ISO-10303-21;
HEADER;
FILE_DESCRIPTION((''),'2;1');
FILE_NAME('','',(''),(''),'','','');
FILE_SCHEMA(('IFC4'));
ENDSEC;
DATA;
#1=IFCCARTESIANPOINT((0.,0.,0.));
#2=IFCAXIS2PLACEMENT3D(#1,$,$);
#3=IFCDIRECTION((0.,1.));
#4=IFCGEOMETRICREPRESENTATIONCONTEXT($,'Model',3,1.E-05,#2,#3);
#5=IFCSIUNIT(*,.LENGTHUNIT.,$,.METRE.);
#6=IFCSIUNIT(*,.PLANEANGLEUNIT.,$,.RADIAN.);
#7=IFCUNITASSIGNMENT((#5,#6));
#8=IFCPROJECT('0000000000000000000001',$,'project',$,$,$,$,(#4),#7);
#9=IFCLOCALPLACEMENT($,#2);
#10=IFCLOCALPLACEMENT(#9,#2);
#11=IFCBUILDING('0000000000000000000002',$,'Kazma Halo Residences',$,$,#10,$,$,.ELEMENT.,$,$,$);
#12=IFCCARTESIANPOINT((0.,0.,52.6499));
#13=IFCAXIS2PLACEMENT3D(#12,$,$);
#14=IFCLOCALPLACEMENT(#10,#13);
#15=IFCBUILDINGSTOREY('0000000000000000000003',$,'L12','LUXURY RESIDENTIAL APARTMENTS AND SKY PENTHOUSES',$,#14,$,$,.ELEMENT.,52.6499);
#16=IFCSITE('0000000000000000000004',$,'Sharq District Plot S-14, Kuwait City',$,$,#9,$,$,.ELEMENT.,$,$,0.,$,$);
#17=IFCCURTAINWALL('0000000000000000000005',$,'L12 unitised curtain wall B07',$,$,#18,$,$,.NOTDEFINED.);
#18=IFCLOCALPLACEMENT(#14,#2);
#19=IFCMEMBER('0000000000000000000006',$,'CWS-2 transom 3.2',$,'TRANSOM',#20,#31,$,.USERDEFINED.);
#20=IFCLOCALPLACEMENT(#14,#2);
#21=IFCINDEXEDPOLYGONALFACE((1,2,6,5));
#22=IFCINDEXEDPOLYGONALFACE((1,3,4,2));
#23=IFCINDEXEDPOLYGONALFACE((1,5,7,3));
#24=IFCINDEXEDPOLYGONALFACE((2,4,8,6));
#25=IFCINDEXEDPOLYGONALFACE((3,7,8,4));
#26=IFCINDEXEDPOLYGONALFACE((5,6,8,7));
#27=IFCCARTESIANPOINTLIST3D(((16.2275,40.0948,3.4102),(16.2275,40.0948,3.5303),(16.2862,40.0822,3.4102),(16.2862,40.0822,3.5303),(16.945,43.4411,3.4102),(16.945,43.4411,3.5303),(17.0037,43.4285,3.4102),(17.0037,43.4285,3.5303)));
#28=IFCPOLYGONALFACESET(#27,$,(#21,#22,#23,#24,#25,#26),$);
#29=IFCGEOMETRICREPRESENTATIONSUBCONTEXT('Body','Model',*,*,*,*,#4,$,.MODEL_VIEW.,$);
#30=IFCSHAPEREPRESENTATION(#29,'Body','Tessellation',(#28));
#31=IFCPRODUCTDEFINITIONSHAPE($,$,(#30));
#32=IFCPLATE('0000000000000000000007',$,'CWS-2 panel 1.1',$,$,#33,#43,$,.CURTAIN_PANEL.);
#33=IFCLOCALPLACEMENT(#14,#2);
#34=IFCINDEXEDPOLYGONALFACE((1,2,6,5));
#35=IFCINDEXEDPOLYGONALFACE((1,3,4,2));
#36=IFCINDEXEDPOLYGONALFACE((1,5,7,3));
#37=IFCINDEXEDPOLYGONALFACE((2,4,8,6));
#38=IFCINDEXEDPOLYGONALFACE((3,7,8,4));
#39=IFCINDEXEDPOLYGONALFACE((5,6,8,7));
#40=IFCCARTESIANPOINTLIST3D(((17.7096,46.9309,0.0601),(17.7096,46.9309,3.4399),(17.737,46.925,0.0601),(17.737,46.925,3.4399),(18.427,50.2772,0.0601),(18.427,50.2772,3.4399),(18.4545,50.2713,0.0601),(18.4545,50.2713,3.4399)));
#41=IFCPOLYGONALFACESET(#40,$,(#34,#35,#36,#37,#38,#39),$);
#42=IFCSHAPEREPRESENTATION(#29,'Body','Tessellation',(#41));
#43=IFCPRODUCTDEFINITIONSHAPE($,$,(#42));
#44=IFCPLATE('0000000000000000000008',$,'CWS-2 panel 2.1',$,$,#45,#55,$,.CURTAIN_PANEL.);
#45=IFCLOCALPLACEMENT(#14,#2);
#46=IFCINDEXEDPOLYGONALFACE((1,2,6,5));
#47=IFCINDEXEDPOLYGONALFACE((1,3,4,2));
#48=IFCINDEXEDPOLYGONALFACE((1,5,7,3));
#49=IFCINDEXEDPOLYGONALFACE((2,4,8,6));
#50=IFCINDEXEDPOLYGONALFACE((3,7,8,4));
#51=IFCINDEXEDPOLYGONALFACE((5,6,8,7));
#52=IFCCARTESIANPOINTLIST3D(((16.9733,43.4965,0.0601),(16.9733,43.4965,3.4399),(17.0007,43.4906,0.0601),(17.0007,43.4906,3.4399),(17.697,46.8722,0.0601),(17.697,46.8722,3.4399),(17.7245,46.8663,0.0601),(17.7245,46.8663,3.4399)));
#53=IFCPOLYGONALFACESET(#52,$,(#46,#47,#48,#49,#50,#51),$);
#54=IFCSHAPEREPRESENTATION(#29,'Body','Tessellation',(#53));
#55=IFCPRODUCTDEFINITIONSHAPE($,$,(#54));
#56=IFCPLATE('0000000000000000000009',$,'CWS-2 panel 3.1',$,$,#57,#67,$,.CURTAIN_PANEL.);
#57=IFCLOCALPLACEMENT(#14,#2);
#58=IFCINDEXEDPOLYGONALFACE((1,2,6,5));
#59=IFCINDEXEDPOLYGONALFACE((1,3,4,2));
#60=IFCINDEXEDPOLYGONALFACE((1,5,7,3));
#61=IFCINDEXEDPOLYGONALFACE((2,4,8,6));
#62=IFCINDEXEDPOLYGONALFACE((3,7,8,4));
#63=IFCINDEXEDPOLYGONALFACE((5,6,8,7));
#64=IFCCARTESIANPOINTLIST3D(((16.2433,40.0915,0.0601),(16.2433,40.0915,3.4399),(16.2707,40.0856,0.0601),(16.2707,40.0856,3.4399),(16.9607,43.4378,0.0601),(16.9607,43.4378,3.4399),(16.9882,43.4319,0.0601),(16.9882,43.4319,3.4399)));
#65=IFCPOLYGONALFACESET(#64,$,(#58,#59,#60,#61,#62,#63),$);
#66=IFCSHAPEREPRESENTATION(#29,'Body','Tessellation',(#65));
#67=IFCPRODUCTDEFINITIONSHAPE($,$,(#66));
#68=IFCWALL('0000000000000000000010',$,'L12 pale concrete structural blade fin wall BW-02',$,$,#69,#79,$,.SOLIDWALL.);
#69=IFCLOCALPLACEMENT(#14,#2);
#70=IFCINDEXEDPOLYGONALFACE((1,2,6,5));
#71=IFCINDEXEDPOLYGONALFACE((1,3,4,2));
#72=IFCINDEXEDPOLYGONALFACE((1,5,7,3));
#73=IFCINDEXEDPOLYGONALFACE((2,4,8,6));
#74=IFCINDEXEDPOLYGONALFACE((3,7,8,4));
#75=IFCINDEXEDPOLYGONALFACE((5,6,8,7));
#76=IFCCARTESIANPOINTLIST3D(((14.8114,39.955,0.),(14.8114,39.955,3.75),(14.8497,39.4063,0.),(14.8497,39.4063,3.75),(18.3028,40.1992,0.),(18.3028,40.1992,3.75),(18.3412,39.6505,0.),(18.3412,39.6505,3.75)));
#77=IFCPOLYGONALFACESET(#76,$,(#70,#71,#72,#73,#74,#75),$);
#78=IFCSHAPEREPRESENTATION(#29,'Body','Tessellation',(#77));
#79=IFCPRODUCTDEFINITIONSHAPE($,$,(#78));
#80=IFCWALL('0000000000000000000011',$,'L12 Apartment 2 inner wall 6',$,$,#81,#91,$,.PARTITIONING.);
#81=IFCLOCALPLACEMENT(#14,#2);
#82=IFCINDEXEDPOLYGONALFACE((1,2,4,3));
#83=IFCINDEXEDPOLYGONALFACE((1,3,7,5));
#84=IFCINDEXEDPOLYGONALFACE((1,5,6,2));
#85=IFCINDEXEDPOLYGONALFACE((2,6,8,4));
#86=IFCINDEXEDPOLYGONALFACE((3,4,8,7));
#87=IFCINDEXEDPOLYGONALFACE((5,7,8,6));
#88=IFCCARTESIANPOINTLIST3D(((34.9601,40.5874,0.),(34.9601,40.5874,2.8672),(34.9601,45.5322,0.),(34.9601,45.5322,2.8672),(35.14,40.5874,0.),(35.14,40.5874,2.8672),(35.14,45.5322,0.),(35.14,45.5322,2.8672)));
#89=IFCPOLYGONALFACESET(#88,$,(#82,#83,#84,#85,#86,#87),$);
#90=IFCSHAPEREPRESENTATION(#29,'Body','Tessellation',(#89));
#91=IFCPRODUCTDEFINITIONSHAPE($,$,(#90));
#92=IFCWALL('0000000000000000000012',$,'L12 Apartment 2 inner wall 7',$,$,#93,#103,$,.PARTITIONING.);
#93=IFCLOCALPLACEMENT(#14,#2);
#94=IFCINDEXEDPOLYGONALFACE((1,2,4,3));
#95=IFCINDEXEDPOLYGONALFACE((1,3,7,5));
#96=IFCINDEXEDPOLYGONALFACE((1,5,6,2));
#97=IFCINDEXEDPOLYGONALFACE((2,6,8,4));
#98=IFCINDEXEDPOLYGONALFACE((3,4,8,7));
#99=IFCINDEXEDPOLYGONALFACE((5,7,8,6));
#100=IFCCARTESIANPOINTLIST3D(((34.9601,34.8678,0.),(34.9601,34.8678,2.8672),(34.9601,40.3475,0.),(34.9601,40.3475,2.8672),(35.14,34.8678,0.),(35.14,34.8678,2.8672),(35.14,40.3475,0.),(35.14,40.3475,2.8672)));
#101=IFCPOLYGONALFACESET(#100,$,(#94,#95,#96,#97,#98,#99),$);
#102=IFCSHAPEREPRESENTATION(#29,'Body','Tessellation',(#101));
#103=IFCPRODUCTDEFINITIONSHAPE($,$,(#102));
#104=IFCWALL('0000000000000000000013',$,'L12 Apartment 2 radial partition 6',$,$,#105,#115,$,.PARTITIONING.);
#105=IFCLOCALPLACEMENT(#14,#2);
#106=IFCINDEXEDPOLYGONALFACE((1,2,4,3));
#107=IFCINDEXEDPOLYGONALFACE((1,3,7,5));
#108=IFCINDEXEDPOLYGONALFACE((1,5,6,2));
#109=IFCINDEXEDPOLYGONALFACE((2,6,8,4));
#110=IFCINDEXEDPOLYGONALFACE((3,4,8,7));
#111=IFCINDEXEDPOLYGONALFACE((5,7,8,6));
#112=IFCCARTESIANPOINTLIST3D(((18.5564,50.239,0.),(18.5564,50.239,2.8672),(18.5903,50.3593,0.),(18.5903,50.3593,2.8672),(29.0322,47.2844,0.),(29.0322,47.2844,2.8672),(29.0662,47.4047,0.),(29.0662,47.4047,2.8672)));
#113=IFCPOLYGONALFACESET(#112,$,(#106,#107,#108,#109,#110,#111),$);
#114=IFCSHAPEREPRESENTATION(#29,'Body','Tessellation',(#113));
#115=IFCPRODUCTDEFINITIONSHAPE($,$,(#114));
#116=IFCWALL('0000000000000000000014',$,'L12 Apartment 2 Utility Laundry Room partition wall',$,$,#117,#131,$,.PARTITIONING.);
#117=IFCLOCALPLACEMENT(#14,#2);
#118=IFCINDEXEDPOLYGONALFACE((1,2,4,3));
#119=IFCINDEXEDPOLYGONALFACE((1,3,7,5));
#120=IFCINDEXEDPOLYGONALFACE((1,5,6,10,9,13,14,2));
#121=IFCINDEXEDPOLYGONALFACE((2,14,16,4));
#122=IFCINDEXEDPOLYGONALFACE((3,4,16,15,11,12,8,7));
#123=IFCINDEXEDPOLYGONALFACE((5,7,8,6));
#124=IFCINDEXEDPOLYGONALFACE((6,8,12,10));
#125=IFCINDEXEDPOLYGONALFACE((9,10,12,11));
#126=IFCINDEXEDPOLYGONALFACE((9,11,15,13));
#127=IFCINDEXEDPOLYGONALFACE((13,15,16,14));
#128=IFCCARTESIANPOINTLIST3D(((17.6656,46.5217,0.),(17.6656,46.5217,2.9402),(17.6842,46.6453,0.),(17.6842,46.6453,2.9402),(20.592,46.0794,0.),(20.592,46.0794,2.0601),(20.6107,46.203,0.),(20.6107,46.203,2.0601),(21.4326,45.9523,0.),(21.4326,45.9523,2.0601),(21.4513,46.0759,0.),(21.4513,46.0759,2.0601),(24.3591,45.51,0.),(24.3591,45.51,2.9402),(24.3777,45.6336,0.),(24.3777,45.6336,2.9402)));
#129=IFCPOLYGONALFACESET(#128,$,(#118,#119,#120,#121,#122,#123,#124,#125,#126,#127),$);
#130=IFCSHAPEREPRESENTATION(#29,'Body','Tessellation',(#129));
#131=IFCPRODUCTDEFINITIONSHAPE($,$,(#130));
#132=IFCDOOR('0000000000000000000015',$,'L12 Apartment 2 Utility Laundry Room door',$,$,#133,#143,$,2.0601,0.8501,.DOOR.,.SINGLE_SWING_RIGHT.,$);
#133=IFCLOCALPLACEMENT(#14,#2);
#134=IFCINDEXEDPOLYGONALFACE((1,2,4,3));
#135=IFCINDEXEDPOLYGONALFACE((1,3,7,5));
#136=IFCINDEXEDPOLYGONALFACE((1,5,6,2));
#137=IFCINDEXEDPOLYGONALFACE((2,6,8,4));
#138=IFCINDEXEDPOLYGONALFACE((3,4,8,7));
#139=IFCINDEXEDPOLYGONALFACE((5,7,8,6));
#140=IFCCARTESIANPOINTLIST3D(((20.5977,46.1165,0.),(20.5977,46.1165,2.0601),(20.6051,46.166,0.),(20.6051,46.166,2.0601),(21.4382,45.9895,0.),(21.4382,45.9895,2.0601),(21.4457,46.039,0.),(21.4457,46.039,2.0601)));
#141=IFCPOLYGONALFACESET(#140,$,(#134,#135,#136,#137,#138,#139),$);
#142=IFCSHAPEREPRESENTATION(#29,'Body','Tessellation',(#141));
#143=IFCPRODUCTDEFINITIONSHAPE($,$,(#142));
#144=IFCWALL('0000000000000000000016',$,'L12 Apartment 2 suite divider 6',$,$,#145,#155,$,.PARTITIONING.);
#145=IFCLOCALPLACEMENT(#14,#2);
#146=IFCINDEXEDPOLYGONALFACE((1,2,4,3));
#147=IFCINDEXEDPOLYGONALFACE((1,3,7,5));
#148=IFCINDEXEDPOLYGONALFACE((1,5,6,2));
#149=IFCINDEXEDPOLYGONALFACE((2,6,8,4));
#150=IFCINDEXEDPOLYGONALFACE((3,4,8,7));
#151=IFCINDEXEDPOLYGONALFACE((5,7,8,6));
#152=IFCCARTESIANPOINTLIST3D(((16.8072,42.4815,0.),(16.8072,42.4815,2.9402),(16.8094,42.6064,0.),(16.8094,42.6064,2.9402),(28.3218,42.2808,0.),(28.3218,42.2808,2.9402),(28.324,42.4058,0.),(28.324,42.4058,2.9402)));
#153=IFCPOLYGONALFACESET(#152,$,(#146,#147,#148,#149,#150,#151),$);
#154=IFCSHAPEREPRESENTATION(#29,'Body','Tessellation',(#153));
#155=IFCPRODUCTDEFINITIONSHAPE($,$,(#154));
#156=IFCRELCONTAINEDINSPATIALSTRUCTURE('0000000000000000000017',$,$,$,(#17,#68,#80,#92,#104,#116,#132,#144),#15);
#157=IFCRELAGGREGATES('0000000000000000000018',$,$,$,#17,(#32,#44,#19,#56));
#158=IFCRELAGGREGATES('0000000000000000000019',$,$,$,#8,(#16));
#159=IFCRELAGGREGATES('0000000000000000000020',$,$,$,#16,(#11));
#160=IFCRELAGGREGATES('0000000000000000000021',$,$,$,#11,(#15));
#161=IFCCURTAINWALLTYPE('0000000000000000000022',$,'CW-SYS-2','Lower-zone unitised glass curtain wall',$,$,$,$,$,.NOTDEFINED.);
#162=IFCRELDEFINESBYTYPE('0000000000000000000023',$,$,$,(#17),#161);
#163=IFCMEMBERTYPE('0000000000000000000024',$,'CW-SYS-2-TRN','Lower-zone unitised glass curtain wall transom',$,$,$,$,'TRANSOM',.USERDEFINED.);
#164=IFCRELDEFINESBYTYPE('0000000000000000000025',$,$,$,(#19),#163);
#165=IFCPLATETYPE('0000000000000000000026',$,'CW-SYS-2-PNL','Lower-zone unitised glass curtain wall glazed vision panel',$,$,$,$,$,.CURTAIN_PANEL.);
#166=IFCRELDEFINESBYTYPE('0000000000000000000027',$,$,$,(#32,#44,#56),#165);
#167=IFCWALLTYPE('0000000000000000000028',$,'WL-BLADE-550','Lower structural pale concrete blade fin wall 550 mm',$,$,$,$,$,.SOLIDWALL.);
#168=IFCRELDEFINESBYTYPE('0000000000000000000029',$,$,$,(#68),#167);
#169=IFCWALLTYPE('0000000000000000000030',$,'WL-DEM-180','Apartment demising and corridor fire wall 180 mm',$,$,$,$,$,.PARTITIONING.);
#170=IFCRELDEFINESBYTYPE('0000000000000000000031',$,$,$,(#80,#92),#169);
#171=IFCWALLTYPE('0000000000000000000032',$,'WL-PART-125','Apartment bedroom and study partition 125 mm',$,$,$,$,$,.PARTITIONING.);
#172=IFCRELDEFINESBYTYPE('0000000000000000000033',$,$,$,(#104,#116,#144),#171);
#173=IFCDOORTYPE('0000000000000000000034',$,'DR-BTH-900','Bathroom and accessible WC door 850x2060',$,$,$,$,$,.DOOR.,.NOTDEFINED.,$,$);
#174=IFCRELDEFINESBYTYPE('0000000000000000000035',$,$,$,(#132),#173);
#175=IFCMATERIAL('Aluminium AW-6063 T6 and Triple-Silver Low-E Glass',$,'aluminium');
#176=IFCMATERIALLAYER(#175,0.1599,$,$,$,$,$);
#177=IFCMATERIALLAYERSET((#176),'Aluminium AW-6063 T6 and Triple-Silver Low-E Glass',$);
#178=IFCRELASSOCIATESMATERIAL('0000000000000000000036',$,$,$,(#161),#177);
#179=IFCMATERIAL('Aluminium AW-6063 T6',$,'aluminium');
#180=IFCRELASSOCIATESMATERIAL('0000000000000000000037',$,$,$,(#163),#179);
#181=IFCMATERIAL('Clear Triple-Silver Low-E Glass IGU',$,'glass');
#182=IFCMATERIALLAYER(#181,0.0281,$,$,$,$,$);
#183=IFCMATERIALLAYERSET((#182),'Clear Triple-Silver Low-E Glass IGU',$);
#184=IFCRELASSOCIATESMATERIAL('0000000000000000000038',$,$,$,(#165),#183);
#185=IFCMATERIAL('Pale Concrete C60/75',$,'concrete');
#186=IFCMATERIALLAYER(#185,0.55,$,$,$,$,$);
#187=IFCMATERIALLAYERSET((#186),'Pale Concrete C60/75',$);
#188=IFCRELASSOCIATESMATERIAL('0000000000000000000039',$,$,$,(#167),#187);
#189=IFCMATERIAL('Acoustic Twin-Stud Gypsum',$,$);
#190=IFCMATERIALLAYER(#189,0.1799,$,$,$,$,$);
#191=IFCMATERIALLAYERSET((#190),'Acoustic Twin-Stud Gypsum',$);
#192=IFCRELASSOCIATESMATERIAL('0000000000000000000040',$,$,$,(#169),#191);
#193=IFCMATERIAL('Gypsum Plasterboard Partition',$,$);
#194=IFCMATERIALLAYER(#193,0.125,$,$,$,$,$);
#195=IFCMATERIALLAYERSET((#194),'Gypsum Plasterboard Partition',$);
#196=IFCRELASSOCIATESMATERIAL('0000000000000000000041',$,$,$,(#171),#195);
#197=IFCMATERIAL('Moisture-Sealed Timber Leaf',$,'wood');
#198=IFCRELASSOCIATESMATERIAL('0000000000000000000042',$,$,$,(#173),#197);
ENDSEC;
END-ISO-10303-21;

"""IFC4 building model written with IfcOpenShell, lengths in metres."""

from ifc_helpers import new_model, si_unit, direction, frame, frame_2d, origin, origin_2d, place, context, subcontext, project, spatial, rectangle, extrude, material, layer, layer_set, material_profile, profile_set, type_object, element, fill, aggregate, save


model = new_model("IFC4")

# Units and contexts
model_context = context("Model", 3, precision=1e-05, world=origin(), true_north=direction((0.0, 1.0)))
body_context = subcontext(model_context, "Body", "Model", "MODEL_VIEW")
ifc_project = project(units=[si_unit("LENGTHUNIT", "METRE"), si_unit("PLANEANGLEUNIT", "RADIAN")], contexts=[model_context])

# Site, building, storey
site_placement = place(None, origin())
site = spatial("IfcSite", under=ifc_project, at=site_placement, Name="Sharq District Plot S-14, Kuwait City", CompositionType="ELEMENT", RefElevation=0.0)
building_placement = place(site_placement, origin())
building = spatial("IfcBuilding", under=site, at=building_placement, Name="Kazma Halo Residences", CompositionType="ELEMENT")
storey_placement = place(building_placement, frame((0.0, 0.0, 52.6499)))
storey = spatial("IfcBuildingStorey", under=building, at=storey_placement, Name="L12", Description="LUXURY RESIDENTIAL APARTMENTS AND SKY PENTHOUSES", CompositionType="ELEMENT", Elevation=52.6499)

# Curtain wall, member, plates
ifc_material_1 = material(Name="Aluminium AW-6063 T6 and Triple-Silver Low-E Glass", Category="aluminium")
ifc_layer_1 = layer(ifc_material_1, 0.1599)
ifc_layer_set_1 = layer_set([ifc_layer_1], Name="Aluminium AW-6063 T6 and Triple-Silver Low-E Glass")
curtain_wall_type = type_object("IfcCurtainWallType", Name="CW-SYS-2", Description="Lower-zone unitised glass curtain wall", PredefinedType="NOTDEFINED", material=ifc_layer_set_1)
curtain_wall_placement = place(storey_placement, origin())
curtain_wall = element("IfcCurtainWall", 1, at=curtain_wall_placement, inside=storey, type_object=curtain_wall_type, Name="L12 unitised curtain wall B07", PredefinedType="NOTDEFINED")
ifc_material_2 = material(Name="Aluminium AW-6063 T6", Category="aluminium")
ifc_material_profile_1 = material_profile(ifc_material_2, rectangle(XDim=0.0601, YDim=0.1201, at=origin_2d()), Name="CWT-60x120")
ifc_profile_set_1 = profile_set([ifc_material_profile_1], Name="Aluminium AW-6063 T6")
member_type_1 = type_object("IfcMemberType", Name="CW-SYS-2-TRN", Description="Lower-zone unitised glass curtain wall transom", ElementType="TRANSOM", PredefinedType="USERDEFINED", material=ifc_profile_set_1)
member_1_placement = place(storey_placement, frame((16.9744, 43.4348, 3.4702), z_axis=(-0.209666, -0.977773, 0.0), x_axis=(0.977773, -0.209666, 0.0)))
member_1 = element("IfcMember", 2, at=member_1_placement, type_object=member_type_1, Name="CWS-2 transom 3.2", ObjectType="TRANSOM", PredefinedType="USERDEFINED", context=body_context, shape_type="SweptSolid", body=[
    extrude(rectangle(XDim=0.0601, YDim=0.1201, at=origin_2d()), origin(), (0.0, 0.0, 1.0), 3.4224),
])
ifc_material_3 = material(Name="Clear Triple-Silver Low-E Glass IGU", Category="glass")
ifc_layer_2 = layer(ifc_material_3, 0.0281)
ifc_layer_set_2 = layer_set([ifc_layer_2], Name="Clear Triple-Silver Low-E Glass IGU")
plate_type = type_object("IfcPlateType", Name="CW-SYS-2-PNL", Description="Lower-zone unitised glass curtain wall glazed vision panel", PredefinedType="CURTAIN_PANEL", material=ifc_layer_set_2)
plate_1_placement = place(storey_placement, frame((18.082, 48.6011, 0.0601), z_axis=(0.0, 0.0, 1.0), x_axis=(-0.209637, -0.977779, 0.0)))
plate_1 = element("IfcPlate", 3, at=plate_1_placement, type_object=plate_type, Name="CWS-2 panel 1.1", PredefinedType="CURTAIN_PANEL", context=body_context, shape_type="SweptSolid", body=[
    extrude(rectangle(XDim=3.4224, YDim=0.0281, at=origin_2d()), origin(), (0.0, 0.0, 1.0), 3.3799),
])
plate_2_placement = place(storey_placement, frame((17.3489, 45.1814, 0.0601), z_axis=(0.0, 0.0, 1.0), x_axis=(-0.209637, -0.977779, 0.0)))
plate_2 = element("IfcPlate", 4, at=plate_2_placement, type_object=plate_type, Name="CWS-2 panel 2.1", PredefinedType="CURTAIN_PANEL", context=body_context, shape_type="SweptSolid", body=[
    extrude(rectangle(XDim=3.4524, YDim=0.0281, at=origin_2d()), origin(), (0.0, 0.0, 1.0), 3.3799),
])
plate_3_placement = place(storey_placement, frame((16.6157, 41.7617, 0.0601), z_axis=(0.0, 0.0, 1.0), x_axis=(-0.209637, -0.977779, 0.0)))
plate_3 = element("IfcPlate", 5, at=plate_3_placement, type_object=plate_type, Name="CWS-2 panel 3.1", PredefinedType="CURTAIN_PANEL", context=body_context, shape_type="SweptSolid", body=[
    extrude(rectangle(XDim=3.4224, YDim=0.0281, at=origin_2d()), origin(), (0.0, 0.0, 1.0), 3.3799),
])
aggregate(curtain_wall, [plate_1, plate_2, member_1, plate_3])

# Walls
ifc_material_4 = material(Name="Pale Concrete C60/75", Category="concrete")
ifc_layer_3 = layer(ifc_material_4, 0.55)
ifc_layer_set_3 = layer_set([ifc_layer_3], Name="Pale Concrete C60/75")
wall_type_1 = type_object("IfcWallType", Name="WL-BLADE-550", Description="Lower structural pale concrete blade fin wall 550 mm", PredefinedType="SOLIDWALL", material=ifc_layer_set_3)
wall_1_placement = place(storey_placement, frame((18.322, 39.9248, 0.0), z_axis=(0.0, 0.0, 1.0), x_axis=(-0.997564, -0.069755, 0.0)))
element("IfcWall", 6, at=wall_1_placement, inside=storey, type_object=wall_type_1, Name="L12 pale concrete structural blade fin wall BW-02", PredefinedType="SOLIDWALL", context=body_context, shape_type="SweptSolid", body=[
    extrude(rectangle(XDim=3.5, YDim=0.55, at=frame_2d((1.75, 0.0))), origin(), (0.0, 0.0, 1.0), 3.75),
])
ifc_material_5 = material(Name="Acoustic Twin-Stud Gypsum")
ifc_layer_4 = layer(ifc_material_5, 0.1799)
ifc_layer_set_4 = layer_set([ifc_layer_4], Name="Acoustic Twin-Stud Gypsum")
wall_type_2 = type_object("IfcWallType", Name="WL-DEM-180", Description="Apartment demising and corridor fire wall 180 mm", PredefinedType="PARTITIONING", material=ifc_layer_set_4)
wall_2_placement = place(storey_placement, frame((35.05, 45.5322, 0.0), z_axis=(0.0, 0.0, 1.0), x_axis=(0.0, -1.0, 0.0)))
element("IfcWall", 7, at=wall_2_placement, inside=storey, type_object=wall_type_2, Name="L12 Apartment 2 inner wall 6", PredefinedType="PARTITIONING", context=body_context, shape_type="SweptSolid", body=[
    extrude(rectangle(XDim=4.9448, YDim=0.1799, at=frame_2d((2.4724, 0.0))), origin(), (0.0, 0.0, 1.0), 2.8672),
])
wall_3_placement = place(storey_placement, frame((35.05, 40.3474, 0.0), z_axis=(0.0, 0.0, 1.0), x_axis=(0.0, -1.0, 0.0)))
element("IfcWall", 8, at=wall_3_placement, inside=storey, type_object=wall_type_2, Name="L12 Apartment 2 inner wall 7", PredefinedType="PARTITIONING", context=body_context, shape_type="SweptSolid", body=[
    extrude(rectangle(XDim=5.4797, YDim=0.1799, at=frame_2d((2.7397, 0.0))), origin(), (0.0, 0.0, 1.0), 2.8672),
])
ifc_material_6 = material(Name="Gypsum Plasterboard Partition")
ifc_layer_5 = layer(ifc_material_6, 0.125)
ifc_layer_set_5 = layer_set([ifc_layer_5], Name="Gypsum Plasterboard Partition")
wall_type_3 = type_object("IfcWallType", Name="WL-PART-125", Description="Apartment bedroom and study partition 125 mm", PredefinedType="PARTITIONING", material=ifc_layer_set_5)
wall_4_placement = place(storey_placement, frame((29.0493, 47.3445, 0.0), z_axis=(0.0, 0.0, 1.0), x_axis=(-0.962453, 0.271449, 0.0)))
element("IfcWall", 9, at=wall_4_placement, inside=storey, type_object=wall_type_3, Name="L12 Apartment 2 radial partition 6", PredefinedType="PARTITIONING", context=body_context, shape_type="SweptSolid", body=[
    extrude(rectangle(XDim=10.8845, YDim=0.125, at=frame_2d((5.4424, 0.0))), origin(), (0.0, 0.0, 1.0), 2.8672),
])

# Wall, opening, door
wall_5_placement = place(storey_placement, frame((24.3684, 45.5718, 0.0), z_axis=(0.0, 0.0, 1.0), x_axis=(-0.988769, 0.14945, 0.0)))
wall_5 = element("IfcWall", 10, at=wall_5_placement, inside=storey, type_object=wall_type_3, Name="L12 Apartment 2 Utility Laundry Room partition wall", PredefinedType="PARTITIONING", context=body_context, shape_type="SweptSolid", body=[
    extrude(rectangle(XDim=6.7695, YDim=0.125, at=frame_2d((3.3848, 0.0))), origin(), (0.0, 0.0, 1.0), 2.9402),
])
opening_1_placement = place(wall_5_placement, frame((2.9597, 0.0, 0.0)))
opening_1 = element("IfcOpeningElement", 11, at=opening_1_placement, cuts=wall_5, PredefinedType="OPENING", context=body_context, shape_type="SweptSolid", body=[
    extrude(rectangle(XDim=0.8501, YDim=2.0601, at=frame_2d((0.425, 1.03))), frame((0.0, 0.0725, 0.0), z_axis=(0.0, -1.0, 0.0), x_axis=(1.0, 0.0, 0.0)), (0.0, 0.0, 1.0), 0.145),
])
ifc_material_7 = material(Name="Moisture-Sealed Timber Leaf", Category="wood")
door_type = type_object("IfcDoorType", Name="DR-BTH-900", Description="Bathroom and accessible WC door 850x2060", OperationType="NOTDEFINED", PredefinedType="DOOR", material=ifc_material_7)
door_1_placement = place(opening_1_placement, origin())
door_1 = element("IfcDoor", 12, at=door_1_placement, inside=storey, type_object=door_type, Name="L12 Apartment 2 Utility Laundry Room door", OperationType="SINGLE_SWING_RIGHT", OverallHeight=2.0601, OverallWidth=0.8501, PredefinedType="DOOR", context=body_context, shape_type="SweptSolid", body=[
    extrude(rectangle(XDim=0.8501, YDim=2.0601, at=frame_2d((0.425, 1.03))), frame((0.0, 0.0249, 0.0), z_axis=(0.0, -1.0, 0.0), x_axis=(1.0, 0.0, 0.0)), (0.0, 0.0, 1.0), 0.05),
])
fill(opening_1, door_1)

# Wall
wall_6_placement = place(storey_placement, frame((28.323, 42.3433, 0.0), z_axis=(0.0, 0.0, 1.0), x_axis=(-0.999848, 0.017426, 0.0)))
element("IfcWall", 13, at=wall_6_placement, inside=storey, type_object=wall_type_3, Name="L12 Apartment 2 suite divider 6", PredefinedType="PARTITIONING", context=body_context, shape_type="SweptSolid", body=[
    extrude(rectangle(XDim=11.5164, YDim=0.125, at=frame_2d((5.7583, 0.0))), origin(), (0.0, 0.0, 1.0), 2.9402),
])

save(model, "model.ifc")
